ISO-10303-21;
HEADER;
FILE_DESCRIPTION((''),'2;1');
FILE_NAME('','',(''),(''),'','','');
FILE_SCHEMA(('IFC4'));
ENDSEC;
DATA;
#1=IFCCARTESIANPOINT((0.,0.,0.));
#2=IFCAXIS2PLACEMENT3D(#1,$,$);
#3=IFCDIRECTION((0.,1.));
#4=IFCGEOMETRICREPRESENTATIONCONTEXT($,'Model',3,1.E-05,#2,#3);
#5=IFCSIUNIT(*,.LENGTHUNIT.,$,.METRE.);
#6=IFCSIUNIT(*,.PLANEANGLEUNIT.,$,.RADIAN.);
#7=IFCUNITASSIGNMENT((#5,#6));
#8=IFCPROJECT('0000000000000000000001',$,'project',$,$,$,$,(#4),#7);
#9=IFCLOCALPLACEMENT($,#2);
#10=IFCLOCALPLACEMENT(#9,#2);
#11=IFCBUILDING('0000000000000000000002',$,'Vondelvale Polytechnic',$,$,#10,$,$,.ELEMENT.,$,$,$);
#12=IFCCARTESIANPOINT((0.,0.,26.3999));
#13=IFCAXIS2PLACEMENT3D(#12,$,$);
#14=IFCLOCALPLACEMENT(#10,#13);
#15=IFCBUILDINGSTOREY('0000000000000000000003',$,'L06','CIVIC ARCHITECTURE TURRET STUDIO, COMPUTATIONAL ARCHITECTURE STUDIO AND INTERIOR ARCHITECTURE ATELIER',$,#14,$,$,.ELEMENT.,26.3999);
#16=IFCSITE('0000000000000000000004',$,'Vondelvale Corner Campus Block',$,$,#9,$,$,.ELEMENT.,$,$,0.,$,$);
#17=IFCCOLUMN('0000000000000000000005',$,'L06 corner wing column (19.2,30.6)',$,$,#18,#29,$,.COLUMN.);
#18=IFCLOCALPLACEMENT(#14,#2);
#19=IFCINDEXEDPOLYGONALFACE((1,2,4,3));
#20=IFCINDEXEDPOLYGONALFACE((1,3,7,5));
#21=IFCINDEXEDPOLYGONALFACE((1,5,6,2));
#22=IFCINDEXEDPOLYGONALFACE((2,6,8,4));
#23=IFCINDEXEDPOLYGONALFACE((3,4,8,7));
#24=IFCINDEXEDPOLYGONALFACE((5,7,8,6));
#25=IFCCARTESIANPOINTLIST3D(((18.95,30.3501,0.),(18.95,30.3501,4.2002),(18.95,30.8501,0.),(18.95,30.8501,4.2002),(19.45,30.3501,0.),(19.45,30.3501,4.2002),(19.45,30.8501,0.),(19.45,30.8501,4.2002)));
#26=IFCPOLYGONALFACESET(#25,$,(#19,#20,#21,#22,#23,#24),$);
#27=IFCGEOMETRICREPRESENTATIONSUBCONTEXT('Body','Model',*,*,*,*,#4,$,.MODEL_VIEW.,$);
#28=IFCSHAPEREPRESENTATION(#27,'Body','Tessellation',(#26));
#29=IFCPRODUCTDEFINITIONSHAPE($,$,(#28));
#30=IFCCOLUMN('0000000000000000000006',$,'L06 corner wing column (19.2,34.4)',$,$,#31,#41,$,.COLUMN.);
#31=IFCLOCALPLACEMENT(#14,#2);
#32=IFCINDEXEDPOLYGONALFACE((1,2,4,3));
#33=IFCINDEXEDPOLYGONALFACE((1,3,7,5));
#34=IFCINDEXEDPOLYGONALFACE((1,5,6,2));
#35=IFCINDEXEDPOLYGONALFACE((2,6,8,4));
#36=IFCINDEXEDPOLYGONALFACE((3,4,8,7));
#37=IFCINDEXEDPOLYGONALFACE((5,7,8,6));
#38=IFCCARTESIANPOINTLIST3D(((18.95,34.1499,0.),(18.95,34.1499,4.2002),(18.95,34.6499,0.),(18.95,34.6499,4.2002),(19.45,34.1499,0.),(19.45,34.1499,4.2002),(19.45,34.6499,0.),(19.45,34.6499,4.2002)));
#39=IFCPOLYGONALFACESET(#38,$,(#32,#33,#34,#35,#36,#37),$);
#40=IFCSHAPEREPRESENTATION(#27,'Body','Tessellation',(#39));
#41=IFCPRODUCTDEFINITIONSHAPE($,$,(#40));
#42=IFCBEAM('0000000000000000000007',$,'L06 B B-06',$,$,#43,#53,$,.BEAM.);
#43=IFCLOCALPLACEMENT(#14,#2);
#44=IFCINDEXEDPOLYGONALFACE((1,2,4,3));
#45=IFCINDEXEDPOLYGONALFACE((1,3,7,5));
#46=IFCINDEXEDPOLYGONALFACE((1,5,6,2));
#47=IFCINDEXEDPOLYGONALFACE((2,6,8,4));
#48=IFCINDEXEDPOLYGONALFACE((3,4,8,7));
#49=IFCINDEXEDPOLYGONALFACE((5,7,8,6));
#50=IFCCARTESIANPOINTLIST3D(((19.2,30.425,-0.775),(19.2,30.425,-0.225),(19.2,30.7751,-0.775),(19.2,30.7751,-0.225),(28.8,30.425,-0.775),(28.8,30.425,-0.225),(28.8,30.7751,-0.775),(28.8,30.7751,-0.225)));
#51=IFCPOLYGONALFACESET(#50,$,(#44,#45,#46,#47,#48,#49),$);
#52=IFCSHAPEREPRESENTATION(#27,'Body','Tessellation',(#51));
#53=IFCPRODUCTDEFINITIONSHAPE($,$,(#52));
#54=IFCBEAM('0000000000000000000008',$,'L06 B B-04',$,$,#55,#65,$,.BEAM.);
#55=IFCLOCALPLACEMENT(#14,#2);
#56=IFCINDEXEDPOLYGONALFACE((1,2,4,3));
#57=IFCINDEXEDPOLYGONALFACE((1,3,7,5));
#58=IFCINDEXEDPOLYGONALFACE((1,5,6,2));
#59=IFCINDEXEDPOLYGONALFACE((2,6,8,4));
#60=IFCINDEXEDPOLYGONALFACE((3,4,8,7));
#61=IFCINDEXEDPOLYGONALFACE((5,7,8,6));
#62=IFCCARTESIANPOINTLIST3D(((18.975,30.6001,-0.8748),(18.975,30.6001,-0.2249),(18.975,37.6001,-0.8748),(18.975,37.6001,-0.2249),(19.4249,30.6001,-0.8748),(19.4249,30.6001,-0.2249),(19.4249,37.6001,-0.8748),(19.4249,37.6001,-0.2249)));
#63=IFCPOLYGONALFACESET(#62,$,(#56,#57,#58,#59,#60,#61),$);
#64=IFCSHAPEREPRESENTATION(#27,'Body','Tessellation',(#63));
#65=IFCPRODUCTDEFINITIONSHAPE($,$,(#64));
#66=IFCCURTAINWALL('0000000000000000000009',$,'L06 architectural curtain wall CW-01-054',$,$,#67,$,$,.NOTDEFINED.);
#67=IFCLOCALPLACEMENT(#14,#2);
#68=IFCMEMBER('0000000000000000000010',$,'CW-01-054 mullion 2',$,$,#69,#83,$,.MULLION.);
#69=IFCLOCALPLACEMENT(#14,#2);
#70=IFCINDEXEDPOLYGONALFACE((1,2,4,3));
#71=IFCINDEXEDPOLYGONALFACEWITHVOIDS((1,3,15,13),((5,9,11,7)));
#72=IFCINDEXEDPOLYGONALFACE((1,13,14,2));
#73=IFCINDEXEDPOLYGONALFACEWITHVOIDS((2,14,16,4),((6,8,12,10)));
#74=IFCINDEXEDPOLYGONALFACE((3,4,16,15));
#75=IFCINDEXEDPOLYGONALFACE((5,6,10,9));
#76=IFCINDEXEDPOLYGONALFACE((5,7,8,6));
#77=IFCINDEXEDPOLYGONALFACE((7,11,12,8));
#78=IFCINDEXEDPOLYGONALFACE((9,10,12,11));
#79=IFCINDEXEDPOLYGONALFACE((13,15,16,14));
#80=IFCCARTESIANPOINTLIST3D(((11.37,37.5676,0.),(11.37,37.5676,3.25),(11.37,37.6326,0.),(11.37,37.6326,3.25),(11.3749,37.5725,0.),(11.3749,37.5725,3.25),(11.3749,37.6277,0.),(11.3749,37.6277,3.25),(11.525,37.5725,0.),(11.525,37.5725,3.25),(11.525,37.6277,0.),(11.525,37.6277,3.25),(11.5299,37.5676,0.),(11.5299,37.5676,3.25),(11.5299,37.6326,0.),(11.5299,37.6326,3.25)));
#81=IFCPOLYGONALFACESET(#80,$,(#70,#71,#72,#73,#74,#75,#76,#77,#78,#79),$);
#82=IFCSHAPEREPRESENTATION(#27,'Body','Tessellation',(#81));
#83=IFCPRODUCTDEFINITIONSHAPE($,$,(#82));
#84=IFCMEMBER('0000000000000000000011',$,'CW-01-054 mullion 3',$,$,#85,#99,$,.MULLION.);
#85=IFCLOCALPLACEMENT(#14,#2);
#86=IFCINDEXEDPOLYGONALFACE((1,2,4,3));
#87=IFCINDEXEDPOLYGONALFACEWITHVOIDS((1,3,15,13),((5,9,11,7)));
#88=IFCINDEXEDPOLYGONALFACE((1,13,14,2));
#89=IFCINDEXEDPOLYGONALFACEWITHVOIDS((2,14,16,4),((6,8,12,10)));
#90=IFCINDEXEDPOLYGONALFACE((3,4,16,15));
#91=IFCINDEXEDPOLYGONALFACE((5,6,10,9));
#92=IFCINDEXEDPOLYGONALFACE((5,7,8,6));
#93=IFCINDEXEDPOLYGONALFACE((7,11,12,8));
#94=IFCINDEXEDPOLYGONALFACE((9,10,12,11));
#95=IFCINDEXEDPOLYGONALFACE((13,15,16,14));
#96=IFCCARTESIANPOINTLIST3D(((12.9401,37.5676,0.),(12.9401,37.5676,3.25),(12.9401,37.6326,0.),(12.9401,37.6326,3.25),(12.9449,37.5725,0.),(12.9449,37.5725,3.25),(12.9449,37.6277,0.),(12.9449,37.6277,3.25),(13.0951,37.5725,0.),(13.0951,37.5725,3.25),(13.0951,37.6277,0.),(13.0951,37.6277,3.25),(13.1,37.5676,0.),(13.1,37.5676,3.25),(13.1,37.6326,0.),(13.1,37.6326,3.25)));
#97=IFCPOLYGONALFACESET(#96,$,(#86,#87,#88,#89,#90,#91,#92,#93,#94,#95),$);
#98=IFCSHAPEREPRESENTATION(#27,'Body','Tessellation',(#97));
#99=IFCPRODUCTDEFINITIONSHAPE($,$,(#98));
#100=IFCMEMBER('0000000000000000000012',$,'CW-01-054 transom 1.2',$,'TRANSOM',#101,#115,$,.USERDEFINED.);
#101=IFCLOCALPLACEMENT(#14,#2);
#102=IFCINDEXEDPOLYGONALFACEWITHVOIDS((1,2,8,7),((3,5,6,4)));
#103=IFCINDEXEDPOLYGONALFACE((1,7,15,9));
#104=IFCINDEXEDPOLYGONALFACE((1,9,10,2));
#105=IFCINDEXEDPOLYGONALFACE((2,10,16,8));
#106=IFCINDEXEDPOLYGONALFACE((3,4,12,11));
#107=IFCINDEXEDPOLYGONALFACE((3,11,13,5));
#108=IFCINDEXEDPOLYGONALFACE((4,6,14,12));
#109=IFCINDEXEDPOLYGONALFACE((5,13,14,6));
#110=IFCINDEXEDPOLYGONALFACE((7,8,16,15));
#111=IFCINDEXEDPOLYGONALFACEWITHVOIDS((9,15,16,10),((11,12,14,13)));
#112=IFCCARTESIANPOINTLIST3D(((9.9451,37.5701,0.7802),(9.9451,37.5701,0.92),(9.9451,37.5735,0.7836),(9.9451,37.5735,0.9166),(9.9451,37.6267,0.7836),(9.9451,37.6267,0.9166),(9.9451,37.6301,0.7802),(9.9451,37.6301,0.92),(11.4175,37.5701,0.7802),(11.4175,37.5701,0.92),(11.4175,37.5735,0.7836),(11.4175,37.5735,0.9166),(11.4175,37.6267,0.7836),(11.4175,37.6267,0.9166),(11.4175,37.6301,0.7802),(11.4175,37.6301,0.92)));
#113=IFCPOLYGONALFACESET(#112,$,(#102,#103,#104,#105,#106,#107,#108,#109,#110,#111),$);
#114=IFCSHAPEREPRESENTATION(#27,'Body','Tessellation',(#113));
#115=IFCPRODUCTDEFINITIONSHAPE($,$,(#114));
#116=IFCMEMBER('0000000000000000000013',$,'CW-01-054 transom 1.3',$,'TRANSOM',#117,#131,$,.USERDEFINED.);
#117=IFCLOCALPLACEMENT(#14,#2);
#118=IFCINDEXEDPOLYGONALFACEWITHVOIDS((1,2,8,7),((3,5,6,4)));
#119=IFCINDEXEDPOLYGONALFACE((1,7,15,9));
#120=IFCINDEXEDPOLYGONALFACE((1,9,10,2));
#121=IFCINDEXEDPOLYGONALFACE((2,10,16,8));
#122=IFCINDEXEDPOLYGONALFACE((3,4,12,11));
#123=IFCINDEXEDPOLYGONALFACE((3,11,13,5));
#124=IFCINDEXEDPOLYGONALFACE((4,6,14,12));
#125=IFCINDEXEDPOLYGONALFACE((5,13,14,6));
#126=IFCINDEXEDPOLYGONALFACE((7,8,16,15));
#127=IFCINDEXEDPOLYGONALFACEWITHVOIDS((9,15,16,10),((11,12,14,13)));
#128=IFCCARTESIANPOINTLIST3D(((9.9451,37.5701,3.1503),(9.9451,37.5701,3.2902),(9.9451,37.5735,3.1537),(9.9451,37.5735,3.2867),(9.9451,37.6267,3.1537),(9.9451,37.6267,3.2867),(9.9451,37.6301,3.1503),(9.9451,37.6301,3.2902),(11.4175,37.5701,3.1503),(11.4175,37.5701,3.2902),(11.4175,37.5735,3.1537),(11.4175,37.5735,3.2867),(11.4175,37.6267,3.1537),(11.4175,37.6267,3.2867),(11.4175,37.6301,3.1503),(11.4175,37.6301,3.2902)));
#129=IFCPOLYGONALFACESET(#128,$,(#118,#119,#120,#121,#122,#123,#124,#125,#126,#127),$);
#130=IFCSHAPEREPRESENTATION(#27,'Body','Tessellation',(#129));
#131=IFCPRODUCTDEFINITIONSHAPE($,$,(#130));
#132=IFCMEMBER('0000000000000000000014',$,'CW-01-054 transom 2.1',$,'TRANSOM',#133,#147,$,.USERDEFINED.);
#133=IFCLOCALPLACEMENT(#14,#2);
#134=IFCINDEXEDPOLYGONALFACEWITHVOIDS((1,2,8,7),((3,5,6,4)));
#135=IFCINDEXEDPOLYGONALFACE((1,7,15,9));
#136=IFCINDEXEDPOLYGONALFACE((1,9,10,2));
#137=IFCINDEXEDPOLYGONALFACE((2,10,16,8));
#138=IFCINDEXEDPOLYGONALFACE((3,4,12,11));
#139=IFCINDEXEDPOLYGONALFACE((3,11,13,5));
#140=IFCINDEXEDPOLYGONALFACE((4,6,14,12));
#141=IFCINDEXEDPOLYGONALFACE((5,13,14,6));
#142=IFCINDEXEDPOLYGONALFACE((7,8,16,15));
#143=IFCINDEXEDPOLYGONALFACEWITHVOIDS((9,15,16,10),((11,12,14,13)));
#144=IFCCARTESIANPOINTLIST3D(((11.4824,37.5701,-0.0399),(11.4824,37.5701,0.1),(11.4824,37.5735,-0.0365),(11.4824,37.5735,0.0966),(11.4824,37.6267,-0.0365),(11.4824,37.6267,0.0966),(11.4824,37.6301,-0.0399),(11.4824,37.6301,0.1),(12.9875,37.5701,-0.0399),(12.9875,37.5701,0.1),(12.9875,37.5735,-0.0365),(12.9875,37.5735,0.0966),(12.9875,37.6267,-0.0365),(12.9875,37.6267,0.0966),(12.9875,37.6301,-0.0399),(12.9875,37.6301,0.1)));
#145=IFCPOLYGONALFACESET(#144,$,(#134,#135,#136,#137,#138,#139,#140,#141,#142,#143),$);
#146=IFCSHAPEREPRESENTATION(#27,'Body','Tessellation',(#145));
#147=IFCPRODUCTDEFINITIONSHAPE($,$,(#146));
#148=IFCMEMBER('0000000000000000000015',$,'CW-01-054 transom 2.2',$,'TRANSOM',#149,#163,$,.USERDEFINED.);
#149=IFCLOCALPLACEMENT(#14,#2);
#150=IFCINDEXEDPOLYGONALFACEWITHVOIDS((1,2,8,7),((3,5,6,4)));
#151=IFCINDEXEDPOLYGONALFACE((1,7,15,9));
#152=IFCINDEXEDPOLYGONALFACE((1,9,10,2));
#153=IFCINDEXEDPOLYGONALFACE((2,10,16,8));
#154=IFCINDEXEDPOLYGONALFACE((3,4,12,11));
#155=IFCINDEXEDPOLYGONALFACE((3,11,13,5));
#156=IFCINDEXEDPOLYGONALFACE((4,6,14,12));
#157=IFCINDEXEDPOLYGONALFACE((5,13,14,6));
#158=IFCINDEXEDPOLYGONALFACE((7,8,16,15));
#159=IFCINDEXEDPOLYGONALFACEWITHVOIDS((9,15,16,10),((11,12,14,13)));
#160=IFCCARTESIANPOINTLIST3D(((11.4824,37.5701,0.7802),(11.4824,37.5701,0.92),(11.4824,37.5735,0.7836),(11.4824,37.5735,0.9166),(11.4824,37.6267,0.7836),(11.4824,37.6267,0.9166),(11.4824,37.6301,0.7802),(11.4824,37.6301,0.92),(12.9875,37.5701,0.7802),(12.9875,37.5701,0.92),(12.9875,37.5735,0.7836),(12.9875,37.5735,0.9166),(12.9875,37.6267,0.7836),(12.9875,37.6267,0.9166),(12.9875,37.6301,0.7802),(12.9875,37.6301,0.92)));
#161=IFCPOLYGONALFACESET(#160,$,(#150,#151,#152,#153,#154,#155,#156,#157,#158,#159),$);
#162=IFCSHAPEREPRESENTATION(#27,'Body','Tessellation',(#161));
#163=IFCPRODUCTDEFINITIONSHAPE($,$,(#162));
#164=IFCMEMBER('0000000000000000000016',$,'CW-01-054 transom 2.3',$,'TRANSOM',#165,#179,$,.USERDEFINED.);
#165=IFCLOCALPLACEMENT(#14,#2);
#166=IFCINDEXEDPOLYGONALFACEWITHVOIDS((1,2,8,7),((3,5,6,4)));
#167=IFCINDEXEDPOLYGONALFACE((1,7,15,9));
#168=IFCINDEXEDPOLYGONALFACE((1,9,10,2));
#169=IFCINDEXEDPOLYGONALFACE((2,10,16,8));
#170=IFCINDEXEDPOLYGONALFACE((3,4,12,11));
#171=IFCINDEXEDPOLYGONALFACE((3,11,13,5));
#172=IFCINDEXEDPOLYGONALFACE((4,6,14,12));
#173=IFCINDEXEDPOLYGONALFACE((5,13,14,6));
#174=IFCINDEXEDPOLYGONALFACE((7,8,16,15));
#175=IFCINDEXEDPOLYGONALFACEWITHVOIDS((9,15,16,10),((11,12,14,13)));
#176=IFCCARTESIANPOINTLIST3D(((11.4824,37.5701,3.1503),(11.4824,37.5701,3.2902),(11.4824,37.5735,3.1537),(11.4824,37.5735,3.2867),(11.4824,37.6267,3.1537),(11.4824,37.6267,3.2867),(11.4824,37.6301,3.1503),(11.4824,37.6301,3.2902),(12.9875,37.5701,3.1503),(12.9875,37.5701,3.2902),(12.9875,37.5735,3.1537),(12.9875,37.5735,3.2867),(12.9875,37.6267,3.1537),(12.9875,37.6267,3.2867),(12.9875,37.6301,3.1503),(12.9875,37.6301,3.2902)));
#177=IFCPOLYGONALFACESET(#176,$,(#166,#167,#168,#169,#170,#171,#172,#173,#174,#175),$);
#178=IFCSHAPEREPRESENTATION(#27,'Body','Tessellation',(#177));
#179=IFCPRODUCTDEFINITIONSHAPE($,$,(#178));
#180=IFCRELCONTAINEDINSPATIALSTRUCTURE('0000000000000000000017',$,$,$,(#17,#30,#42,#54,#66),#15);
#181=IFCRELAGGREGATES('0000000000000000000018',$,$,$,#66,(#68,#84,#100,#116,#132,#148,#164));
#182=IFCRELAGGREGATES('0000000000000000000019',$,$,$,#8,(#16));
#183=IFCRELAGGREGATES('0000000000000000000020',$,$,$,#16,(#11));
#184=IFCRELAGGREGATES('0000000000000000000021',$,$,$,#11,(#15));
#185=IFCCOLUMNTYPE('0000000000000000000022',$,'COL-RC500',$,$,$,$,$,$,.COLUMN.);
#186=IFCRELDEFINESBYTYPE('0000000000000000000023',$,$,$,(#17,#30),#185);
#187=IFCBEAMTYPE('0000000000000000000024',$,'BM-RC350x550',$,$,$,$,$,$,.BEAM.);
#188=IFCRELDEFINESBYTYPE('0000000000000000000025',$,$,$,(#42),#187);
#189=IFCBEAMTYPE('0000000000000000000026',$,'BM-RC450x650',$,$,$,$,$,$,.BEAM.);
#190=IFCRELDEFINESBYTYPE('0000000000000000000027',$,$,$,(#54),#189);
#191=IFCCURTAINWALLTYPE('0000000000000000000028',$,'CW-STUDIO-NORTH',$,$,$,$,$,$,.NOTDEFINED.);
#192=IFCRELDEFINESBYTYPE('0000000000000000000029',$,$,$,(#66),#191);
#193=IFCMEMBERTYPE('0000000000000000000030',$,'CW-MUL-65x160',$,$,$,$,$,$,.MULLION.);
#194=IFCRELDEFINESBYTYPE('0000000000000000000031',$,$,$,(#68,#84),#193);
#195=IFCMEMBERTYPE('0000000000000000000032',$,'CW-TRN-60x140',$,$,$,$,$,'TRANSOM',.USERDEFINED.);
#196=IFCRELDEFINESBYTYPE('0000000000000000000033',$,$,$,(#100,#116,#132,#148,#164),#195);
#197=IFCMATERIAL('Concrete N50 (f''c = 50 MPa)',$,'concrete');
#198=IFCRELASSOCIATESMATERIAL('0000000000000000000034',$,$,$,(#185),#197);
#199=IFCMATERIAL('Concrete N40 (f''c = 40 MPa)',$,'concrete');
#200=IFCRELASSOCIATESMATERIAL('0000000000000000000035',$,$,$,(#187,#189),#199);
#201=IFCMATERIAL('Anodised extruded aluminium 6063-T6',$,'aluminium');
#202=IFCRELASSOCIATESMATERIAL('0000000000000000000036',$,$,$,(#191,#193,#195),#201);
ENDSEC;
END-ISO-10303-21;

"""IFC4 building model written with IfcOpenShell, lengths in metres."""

from ifc_helpers import new_model, si_unit, direction, frame, origin, origin_2d, place, context, subcontext, project, spatial, rectangle, hollow_rectangle, extrude, material, material_profile, profile_set, type_object, element, aggregate, save


model = new_model("IFC4")

# Units and contexts
model_context = context("Model", 3, precision=1e-05, world=origin(), true_north=direction((0.0, 1.0)))
body_context = subcontext(model_context, "Body", "Model", "MODEL_VIEW")
ifc_project = project(units=[si_unit("LENGTHUNIT", "METRE"), si_unit("PLANEANGLEUNIT", "RADIAN")], contexts=[model_context])

# Site, building, storey
site_placement = place(None, origin())
site = spatial("IfcSite", under=ifc_project, at=site_placement, Name="Vondelvale Corner Campus Block", CompositionType="ELEMENT", RefElevation=0.0)
building_placement = place(site_placement, origin())
building = spatial("IfcBuilding", under=site, at=building_placement, Name="Vondelvale Polytechnic", CompositionType="ELEMENT")
storey_placement = place(building_placement, frame((0.0, 0.0, 26.3999)))
storey = spatial("IfcBuildingStorey", under=building, at=storey_placement, Name="L06", Description="CIVIC ARCHITECTURE TURRET STUDIO, COMPUTATIONAL ARCHITECTURE STUDIO AND INTERIOR ARCHITECTURE ATELIER", CompositionType="ELEMENT", Elevation=26.3999)

# Columns
ifc_material_1 = material(Name="Concrete N50 (f'c = 50 MPa)", Category="concrete")
ifc_material_profile_1 = material_profile(ifc_material_1, rectangle(XDim=0.5, YDim=0.5, at=origin_2d()), Name="RC-COL-500x500")
ifc_profile_set_1 = profile_set([ifc_material_profile_1], Name="Concrete N50 (f'c = 50 MPa)")
column_type = type_object("IfcColumnType", Name="COL-RC500", PredefinedType="COLUMN", material=ifc_profile_set_1)
for number, where, z_axis, x_axis, name in (
    (1, (19.2, 30.6001, 0.0), (0.0, 0.0, 1.0), (1.0, 0.0, 0.0), "L06 corner wing column (19.2,30.6)"),
    (2, (19.2, 34.3999, 0.0), (0.0, 0.0, 1.0), (1.0, 0.0, 0.0), "L06 corner wing column (19.2,34.4)"),
):
    element("IfcColumn", number, at=place(storey_placement, frame(where, z_axis=z_axis, x_axis=x_axis)), inside=storey, type_object=column_type, Name=name, PredefinedType="COLUMN", context=body_context, shape_type="SweptSolid", body=[
        extrude(rectangle(XDim=0.5, YDim=0.5, at=origin_2d()), origin(), (0.0, 0.0, 1.0), 4.2002),
    ])

# Beams
ifc_material_2 = material(Name="Concrete N40 (f'c = 40 MPa)", Category="concrete")
ifc_material_profile_2 = material_profile(ifc_material_2, rectangle(XDim=0.3501, YDim=0.55, at=origin_2d()), Name="RC-BM-350x550")
ifc_profile_set_2 = profile_set([ifc_material_profile_2], Name="Concrete N40 (f'c = 40 MPa)")
beam_type_1 = type_object("IfcBeamType", Name="BM-RC350x550", PredefinedType="BEAM", material=ifc_profile_set_2)
beam_1_placement = place(storey_placement, frame((19.2, 30.6001, -0.5), z_axis=(1.0, 0.0, 0.0), x_axis=(0.0, 1.0, 0.0)))
element("IfcBeam", 3, at=beam_1_placement, inside=storey, type_object=beam_type_1, Name="L06 B B-06", PredefinedType="BEAM", context=body_context, shape_type="SweptSolid", body=[
    extrude(rectangle(XDim=0.3501, YDim=0.55, at=origin_2d()), origin(), (0.0, 0.0, 1.0), 9.6001),
])
ifc_material_profile_3 = material_profile(ifc_material_2, rectangle(XDim=0.45, YDim=0.6499, at=origin_2d()), Name="RC-BM-450x650")
ifc_profile_set_3 = profile_set([ifc_material_profile_3], Name="Concrete N40 (f'c = 40 MPa)")
beam_type_2 = type_object("IfcBeamType", Name="BM-RC450x650", PredefinedType="BEAM", material=ifc_profile_set_3)
beam_2_placement = place(storey_placement, frame((19.2, 30.6001, -0.5498), z_axis=(0.0, 1.0, 0.0), x_axis=(-1.0, 0.0, 0.0)))
element("IfcBeam", 4, at=beam_2_placement, inside=storey, type_object=beam_type_2, Name="L06 B B-04", PredefinedType="BEAM", context=body_context, shape_type="SweptSolid", body=[
    extrude(rectangle(XDim=0.45, YDim=0.6499, at=origin_2d()), origin(), (0.0, 0.0, 1.0), 7.0),
])

# Curtain wall, members
ifc_material_3 = material(Name="Anodised extruded aluminium 6063-T6", Category="aluminium")
curtain_wall_type = type_object("IfcCurtainWallType", Name="CW-STUDIO-NORTH", PredefinedType="NOTDEFINED", material=ifc_material_3)
curtain_wall_placement = place(storey_placement, origin())
curtain_wall = element("IfcCurtainWall", 5, at=curtain_wall_placement, inside=storey, type_object=curtain_wall_type, Name="L06 architectural curtain wall CW-01-054", PredefinedType="NOTDEFINED")
ifc_material_profile_4 = material_profile(ifc_material_3, hollow_rectangle(XDim=0.0649, YDim=0.1599, WallThickness=0.0049, at=origin_2d()), Name="CW-MUL-160x65")
ifc_profile_set_4 = profile_set([ifc_material_profile_4], Name="Anodised extruded aluminium 6063-T6")
member_type_1 = type_object("IfcMemberType", Name="CW-MUL-65x160", PredefinedType="MULLION", material=ifc_profile_set_4)
member_1_placement = place(storey_placement, frame((11.45, 37.6001, 0.0), z_axis=(0.0, 0.0, 1.0), x_axis=(0.0, 1.0, 0.0)))
member_1 = element("IfcMember", 6, at=member_1_placement, type_object=member_type_1, Name="CW-01-054 mullion 2", PredefinedType="MULLION", context=body_context, shape_type="SweptSolid", body=[
    extrude(hollow_rectangle(XDim=0.0649, YDim=0.1599, WallThickness=0.0049, at=origin_2d()), origin(), (0.0, 0.0, 1.0), 3.25),
])
member_2_placement = place(storey_placement, frame((13.02, 37.6001, 0.0), z_axis=(0.0, 0.0, 1.0), x_axis=(0.0, 1.0, 0.0)))
member_2 = element("IfcMember", 7, at=member_2_placement, type_object=member_type_1, Name="CW-01-054 mullion 3", PredefinedType="MULLION", context=body_context, shape_type="SweptSolid", body=[
    extrude(hollow_rectangle(XDim=0.0649, YDim=0.1599, WallThickness=0.0049, at=origin_2d()), origin(), (0.0, 0.0, 1.0), 3.25),
])
ifc_material_profile_5 = material_profile(ifc_material_3, hollow_rectangle(XDim=0.0601, YDim=0.1399, WallThickness=0.0034, at=origin_2d()), Name="CW-TRN-140x60")
ifc_profile_set_5 = profile_set([ifc_material_profile_5], Name="Anodised extruded aluminium 6063-T6")
member_type_2 = type_object("IfcMemberType", Name="CW-TRN-60x140", ElementType="TRANSOM", PredefinedType="USERDEFINED", material=ifc_profile_set_5)
member_3_placement = place(storey_placement, frame((9.9451, 37.6001, 0.8501), z_axis=(1.0, 0.0, 0.0), x_axis=(0.0, 1.0, 0.0)))
member_3 = element("IfcMember", 8, at=member_3_placement, type_object=member_type_2, Name="CW-01-054 transom 1.2", ObjectType="TRANSOM", PredefinedType="USERDEFINED", context=body_context, shape_type="SweptSolid", body=[
    extrude(hollow_rectangle(XDim=0.0601, YDim=0.1399, WallThickness=0.0034, at=origin_2d()), origin(), (0.0, 0.0, 1.0), 1.4724),
])
member_4_placement = place(storey_placement, frame((9.9451, 37.6001, 3.2202), z_axis=(1.0, 0.0, 0.0), x_axis=(0.0, 1.0, 0.0)))
member_4 = element("IfcMember", 9, at=member_4_placement, type_object=member_type_2, Name="CW-01-054 transom 1.3", ObjectType="TRANSOM", PredefinedType="USERDEFINED", context=body_context, shape_type="SweptSolid", body=[
    extrude(hollow_rectangle(XDim=0.0601, YDim=0.1399, WallThickness=0.0034, at=origin_2d()), origin(), (0.0, 0.0, 1.0), 1.4724),
])
member_5_placement = place(storey_placement, frame((11.4824, 37.6001, 0.03), z_axis=(1.0, 0.0, 0.0), x_axis=(0.0, 1.0, 0.0)))
member_5 = element("IfcMember", 10, at=member_5_placement, type_object=member_type_2, Name="CW-01-054 transom 2.1", ObjectType="TRANSOM", PredefinedType="USERDEFINED", context=body_context, shape_type="SweptSolid", body=[
    extrude(hollow_rectangle(XDim=0.0601, YDim=0.1399, WallThickness=0.0034, at=origin_2d()), origin(), (0.0, 0.0, 1.0), 1.5051),
])
member_6_placement = place(storey_placement, frame((11.4824, 37.6001, 0.8501), z_axis=(1.0, 0.0, 0.0), x_axis=(0.0, 1.0, 0.0)))
member_6 = element("IfcMember", 11, at=member_6_placement, type_object=member_type_2, Name="CW-01-054 transom 2.2", ObjectType="TRANSOM", PredefinedType="USERDEFINED", context=body_context, shape_type="SweptSolid", body=[
    extrude(hollow_rectangle(XDim=0.0601, YDim=0.1399, WallThickness=0.0034, at=origin_2d()), origin(), (0.0, 0.0, 1.0), 1.5051),
])
member_7_placement = place(storey_placement, frame((11.4824, 37.6001, 3.2202), z_axis=(1.0, 0.0, 0.0), x_axis=(0.0, 1.0, 0.0)))
member_7 = element("IfcMember", 12, at=member_7_placement, type_object=member_type_2, Name="CW-01-054 transom 2.3", ObjectType="TRANSOM", PredefinedType="USERDEFINED", context=body_context, shape_type="SweptSolid", body=[
    extrude(hollow_rectangle(XDim=0.0601, YDim=0.1399, WallThickness=0.0034, at=origin_2d()), origin(), (0.0, 0.0, 1.0), 1.5051),
])

aggregate(curtain_wall, [member_1, member_2, member_3, member_4, member_5, member_6, member_7])

save(model, "model.ifc")
